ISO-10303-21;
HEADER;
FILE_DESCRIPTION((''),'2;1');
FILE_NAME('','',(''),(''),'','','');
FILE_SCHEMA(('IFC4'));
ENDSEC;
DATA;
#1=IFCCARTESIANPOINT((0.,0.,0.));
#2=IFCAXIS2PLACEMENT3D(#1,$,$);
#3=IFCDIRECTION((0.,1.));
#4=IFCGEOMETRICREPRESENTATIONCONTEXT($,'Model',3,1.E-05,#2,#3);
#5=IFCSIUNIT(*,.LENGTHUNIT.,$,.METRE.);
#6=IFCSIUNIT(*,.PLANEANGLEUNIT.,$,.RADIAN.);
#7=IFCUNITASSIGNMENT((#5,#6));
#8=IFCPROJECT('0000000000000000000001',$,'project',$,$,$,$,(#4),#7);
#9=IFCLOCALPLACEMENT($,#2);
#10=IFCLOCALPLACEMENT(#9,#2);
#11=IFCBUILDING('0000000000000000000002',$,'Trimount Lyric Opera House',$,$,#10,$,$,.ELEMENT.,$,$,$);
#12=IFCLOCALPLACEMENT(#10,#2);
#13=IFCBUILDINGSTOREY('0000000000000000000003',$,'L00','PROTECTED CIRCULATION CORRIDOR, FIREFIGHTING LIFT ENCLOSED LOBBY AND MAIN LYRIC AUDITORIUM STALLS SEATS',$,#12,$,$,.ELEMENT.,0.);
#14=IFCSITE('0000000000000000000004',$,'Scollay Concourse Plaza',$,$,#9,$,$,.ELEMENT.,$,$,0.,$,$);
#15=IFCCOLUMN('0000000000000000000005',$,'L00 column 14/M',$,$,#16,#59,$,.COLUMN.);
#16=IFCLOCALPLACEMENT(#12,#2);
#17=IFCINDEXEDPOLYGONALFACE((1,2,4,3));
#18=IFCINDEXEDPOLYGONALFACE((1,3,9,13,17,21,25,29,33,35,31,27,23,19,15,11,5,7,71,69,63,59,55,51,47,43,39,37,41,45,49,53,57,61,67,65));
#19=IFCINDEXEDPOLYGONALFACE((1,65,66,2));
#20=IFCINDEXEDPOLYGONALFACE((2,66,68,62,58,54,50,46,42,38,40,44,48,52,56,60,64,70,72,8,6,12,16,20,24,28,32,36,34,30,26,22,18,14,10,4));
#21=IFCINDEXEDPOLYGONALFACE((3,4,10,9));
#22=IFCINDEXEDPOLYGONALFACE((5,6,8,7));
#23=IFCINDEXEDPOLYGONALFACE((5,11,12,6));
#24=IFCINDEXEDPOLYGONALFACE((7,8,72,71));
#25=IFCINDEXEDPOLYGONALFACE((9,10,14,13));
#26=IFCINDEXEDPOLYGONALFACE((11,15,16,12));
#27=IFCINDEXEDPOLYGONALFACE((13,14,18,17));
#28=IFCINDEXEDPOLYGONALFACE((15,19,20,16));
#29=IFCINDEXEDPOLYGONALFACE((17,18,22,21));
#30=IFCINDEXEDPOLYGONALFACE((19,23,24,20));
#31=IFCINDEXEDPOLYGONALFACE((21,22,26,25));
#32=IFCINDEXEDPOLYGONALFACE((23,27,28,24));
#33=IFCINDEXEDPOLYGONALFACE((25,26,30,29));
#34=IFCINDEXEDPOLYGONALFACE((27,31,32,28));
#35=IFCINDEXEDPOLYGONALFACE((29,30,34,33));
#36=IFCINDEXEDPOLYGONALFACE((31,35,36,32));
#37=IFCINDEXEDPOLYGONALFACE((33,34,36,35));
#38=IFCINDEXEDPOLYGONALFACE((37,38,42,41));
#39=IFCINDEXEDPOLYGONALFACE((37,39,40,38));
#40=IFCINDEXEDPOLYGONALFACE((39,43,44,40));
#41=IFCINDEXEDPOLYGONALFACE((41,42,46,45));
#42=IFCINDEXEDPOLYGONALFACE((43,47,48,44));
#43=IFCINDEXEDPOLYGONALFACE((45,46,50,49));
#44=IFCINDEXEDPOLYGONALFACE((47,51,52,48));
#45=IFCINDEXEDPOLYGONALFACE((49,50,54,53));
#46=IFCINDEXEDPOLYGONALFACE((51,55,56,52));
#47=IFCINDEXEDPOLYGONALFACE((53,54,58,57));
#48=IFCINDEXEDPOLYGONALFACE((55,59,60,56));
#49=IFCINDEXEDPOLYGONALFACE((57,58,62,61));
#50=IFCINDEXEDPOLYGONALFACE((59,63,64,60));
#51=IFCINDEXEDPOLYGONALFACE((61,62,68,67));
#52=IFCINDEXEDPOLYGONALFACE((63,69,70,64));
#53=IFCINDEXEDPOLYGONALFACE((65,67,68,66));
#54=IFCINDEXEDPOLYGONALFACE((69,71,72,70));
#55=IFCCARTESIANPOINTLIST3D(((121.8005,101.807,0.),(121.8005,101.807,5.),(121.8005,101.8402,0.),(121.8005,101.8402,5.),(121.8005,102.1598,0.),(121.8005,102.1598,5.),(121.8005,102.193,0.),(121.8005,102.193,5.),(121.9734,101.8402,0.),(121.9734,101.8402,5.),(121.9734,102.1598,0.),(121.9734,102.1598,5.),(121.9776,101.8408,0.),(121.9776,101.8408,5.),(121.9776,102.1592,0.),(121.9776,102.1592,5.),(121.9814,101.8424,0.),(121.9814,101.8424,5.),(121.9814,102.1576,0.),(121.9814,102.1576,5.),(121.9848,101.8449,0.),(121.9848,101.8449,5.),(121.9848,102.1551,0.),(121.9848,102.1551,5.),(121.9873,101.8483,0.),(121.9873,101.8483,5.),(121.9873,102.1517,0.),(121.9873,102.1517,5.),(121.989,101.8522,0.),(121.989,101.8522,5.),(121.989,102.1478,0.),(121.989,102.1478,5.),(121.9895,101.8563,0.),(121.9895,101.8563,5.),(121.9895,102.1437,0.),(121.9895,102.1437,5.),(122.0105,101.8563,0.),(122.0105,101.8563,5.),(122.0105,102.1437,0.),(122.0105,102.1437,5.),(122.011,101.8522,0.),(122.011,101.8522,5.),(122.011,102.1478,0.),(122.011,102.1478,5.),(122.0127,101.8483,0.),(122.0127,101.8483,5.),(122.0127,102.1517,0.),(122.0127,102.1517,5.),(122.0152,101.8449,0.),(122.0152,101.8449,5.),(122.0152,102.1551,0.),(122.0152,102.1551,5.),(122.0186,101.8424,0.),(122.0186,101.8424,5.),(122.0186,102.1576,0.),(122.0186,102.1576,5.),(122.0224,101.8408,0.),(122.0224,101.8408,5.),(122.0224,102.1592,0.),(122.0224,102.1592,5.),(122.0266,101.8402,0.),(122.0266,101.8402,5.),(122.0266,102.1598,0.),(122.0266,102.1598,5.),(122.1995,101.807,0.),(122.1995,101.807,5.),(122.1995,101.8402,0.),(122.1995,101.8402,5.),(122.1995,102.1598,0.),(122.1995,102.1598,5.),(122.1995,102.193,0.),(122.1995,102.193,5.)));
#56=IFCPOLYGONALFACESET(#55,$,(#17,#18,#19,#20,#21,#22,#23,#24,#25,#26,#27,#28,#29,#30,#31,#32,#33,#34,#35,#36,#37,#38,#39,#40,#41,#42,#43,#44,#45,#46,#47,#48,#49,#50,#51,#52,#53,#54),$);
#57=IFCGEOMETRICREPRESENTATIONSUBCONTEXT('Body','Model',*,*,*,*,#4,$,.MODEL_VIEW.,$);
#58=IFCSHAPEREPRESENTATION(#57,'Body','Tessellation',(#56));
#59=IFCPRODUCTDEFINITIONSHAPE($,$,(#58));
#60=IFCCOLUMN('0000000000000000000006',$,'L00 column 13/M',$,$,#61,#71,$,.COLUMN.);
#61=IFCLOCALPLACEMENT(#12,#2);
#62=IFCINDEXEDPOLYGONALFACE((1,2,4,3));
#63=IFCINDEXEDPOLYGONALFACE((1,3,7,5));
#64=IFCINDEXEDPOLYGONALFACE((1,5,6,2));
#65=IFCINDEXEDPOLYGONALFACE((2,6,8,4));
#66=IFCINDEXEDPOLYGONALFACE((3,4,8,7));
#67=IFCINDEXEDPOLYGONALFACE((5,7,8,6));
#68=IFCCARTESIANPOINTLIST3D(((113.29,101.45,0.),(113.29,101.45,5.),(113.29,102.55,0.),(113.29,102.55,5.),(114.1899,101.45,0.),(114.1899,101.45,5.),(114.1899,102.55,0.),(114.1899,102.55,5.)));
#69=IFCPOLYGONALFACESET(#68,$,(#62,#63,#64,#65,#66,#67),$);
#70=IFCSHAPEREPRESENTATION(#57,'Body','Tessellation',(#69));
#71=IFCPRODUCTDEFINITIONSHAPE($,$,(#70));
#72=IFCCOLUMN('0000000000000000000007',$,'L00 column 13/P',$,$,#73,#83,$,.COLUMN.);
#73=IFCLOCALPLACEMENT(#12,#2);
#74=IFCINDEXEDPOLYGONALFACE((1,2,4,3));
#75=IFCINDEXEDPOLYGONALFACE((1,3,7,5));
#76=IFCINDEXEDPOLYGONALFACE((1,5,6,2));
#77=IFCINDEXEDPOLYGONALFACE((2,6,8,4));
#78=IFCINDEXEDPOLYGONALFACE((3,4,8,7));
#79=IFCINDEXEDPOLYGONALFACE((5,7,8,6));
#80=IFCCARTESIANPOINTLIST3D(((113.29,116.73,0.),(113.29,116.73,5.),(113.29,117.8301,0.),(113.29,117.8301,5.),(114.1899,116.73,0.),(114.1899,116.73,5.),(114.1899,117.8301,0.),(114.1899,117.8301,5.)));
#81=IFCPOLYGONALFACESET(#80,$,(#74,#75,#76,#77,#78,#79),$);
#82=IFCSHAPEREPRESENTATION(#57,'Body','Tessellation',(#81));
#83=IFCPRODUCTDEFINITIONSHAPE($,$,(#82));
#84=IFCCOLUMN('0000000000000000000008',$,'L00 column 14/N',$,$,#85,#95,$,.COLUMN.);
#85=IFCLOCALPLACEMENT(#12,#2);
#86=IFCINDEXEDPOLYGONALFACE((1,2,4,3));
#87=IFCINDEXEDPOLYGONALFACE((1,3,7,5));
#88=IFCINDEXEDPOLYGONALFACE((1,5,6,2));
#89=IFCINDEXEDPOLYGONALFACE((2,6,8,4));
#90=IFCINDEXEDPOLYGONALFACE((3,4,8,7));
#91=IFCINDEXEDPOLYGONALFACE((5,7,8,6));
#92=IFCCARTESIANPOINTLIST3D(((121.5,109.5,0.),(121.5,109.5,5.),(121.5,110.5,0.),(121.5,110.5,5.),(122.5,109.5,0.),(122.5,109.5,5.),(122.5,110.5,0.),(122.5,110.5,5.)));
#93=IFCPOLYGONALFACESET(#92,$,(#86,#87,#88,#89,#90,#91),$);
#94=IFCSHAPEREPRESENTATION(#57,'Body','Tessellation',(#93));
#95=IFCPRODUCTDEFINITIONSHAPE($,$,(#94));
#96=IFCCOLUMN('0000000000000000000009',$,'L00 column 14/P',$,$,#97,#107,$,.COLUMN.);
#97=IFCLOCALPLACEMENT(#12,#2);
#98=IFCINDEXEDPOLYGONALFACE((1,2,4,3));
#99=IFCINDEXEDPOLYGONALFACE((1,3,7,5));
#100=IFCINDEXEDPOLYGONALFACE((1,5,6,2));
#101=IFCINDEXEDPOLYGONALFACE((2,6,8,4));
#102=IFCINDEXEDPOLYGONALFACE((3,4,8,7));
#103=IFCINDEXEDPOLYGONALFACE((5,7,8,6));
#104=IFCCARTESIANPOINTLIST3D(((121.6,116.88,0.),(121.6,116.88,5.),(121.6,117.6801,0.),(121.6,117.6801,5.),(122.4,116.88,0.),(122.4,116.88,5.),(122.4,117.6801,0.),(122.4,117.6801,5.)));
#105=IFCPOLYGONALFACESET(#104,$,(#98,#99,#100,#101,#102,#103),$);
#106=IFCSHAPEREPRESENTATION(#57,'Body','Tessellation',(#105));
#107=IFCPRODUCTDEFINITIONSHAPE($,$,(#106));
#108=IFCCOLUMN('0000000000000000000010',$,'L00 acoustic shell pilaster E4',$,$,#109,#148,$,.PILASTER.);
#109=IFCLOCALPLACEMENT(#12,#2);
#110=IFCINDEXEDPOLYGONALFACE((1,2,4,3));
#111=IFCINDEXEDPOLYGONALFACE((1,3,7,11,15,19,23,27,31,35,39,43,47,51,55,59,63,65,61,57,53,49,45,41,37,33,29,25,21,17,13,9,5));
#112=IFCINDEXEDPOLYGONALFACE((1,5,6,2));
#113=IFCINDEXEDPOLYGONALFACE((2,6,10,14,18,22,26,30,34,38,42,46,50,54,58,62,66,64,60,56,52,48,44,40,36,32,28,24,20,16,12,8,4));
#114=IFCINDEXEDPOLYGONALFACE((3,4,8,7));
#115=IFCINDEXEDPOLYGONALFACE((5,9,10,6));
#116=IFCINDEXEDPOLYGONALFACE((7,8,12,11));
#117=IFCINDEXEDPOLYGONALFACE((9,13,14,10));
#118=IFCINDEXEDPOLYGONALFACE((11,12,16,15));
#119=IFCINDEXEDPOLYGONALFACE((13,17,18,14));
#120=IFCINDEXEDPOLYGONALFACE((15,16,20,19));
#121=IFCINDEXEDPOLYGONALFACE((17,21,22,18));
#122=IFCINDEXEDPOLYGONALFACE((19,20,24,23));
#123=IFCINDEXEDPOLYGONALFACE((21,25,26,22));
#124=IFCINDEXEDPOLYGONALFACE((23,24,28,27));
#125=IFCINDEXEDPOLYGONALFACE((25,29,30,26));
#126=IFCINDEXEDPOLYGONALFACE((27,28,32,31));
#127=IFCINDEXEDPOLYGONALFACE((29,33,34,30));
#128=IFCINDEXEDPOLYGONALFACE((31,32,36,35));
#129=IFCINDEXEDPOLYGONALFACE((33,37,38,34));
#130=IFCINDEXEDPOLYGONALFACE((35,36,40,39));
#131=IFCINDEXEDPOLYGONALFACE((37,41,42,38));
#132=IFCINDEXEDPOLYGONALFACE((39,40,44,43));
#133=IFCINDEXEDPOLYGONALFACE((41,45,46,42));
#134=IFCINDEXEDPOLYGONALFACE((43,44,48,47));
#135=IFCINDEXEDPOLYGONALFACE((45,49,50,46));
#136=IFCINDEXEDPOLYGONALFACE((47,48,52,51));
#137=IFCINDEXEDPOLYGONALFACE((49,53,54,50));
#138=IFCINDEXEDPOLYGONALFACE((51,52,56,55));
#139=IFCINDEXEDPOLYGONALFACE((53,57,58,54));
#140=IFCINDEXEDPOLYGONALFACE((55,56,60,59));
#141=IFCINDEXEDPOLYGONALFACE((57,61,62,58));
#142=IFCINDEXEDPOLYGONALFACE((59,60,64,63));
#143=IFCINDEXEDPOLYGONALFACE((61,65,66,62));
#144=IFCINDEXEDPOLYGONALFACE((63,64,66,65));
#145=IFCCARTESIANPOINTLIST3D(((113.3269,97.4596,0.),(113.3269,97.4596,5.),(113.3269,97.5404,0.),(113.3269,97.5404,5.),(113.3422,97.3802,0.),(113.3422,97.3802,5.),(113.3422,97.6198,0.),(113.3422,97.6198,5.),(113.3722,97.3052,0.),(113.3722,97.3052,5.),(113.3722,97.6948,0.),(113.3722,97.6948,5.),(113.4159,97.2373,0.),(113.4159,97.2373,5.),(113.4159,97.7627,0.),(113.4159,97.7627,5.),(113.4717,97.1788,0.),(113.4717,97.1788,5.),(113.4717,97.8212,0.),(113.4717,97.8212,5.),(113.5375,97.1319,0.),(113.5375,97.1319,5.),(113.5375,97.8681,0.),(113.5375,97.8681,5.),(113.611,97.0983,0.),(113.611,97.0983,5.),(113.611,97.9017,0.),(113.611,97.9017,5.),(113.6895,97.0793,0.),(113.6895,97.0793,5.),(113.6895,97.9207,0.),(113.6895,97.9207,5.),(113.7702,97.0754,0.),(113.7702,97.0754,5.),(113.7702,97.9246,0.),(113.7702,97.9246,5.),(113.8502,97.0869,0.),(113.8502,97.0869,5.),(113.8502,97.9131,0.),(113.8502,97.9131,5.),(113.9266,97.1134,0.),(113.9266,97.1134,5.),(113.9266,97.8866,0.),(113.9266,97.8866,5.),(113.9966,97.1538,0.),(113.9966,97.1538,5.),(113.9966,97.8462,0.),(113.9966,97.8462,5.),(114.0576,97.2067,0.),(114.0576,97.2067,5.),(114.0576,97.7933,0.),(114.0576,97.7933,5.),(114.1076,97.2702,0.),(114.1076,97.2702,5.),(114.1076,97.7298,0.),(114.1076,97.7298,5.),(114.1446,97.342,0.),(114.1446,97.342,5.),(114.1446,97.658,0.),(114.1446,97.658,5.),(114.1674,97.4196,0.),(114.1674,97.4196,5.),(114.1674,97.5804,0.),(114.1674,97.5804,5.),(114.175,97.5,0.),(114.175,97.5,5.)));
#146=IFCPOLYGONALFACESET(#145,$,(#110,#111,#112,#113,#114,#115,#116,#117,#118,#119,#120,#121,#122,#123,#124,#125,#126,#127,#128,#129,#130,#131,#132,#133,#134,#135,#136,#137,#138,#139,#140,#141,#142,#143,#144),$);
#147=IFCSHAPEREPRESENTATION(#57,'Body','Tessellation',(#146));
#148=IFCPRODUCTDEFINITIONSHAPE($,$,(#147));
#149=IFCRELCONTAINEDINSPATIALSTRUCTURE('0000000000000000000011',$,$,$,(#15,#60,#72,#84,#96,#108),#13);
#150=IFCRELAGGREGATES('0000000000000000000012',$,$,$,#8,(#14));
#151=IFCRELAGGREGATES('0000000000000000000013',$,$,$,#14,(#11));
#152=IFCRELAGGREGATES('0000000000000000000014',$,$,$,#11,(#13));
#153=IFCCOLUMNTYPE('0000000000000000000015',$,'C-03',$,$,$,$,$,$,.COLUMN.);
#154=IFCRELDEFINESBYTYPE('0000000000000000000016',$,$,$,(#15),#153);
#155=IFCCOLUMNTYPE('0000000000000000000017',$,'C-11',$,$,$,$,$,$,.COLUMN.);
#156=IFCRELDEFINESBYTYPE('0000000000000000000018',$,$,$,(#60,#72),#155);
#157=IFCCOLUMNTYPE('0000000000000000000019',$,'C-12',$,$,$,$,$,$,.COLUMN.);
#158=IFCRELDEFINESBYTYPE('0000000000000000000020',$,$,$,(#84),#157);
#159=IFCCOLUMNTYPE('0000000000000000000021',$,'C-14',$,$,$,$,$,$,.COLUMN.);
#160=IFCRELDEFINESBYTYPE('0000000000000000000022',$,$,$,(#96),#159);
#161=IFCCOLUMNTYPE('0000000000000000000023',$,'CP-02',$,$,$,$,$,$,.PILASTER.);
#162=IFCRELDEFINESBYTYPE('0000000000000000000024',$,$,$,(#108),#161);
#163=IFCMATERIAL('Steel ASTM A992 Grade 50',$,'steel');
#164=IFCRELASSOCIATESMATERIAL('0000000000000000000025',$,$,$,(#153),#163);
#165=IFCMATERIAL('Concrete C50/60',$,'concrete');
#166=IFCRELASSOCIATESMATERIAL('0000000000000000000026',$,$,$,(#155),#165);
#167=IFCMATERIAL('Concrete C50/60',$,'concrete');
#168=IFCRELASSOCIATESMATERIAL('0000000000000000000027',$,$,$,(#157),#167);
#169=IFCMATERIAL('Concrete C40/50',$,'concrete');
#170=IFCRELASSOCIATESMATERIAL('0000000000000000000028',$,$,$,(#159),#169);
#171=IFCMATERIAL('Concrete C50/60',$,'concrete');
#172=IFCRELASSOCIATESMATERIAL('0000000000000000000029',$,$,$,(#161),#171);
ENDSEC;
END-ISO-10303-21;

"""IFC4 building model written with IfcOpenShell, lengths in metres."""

from ifc_helpers import new_model, si_unit, direction, frame, origin, origin_2d, place, context, subcontext, project, spatial, rectangle, circle, i_section, extrude, material, material_profile, profile_set, type_object, element, save


model = new_model("IFC4")

# Units and contexts
model_context = context("Model", 3, precision=1e-05, world=origin(), true_north=direction((0.0, 1.0)))
body_context = subcontext(model_context, "Body", "Model", "MODEL_VIEW")
ifc_project = project(units=[si_unit("LENGTHUNIT", "METRE"), si_unit("PLANEANGLEUNIT", "RADIAN")], contexts=[model_context])

# Site, building, storey
site_placement = place(None, origin())
site = spatial("IfcSite", under=ifc_project, at=site_placement, Name="Scollay Concourse Plaza", CompositionType="ELEMENT", RefElevation=0.0)
building_placement = place(site_placement, origin())
building = spatial("IfcBuilding", under=site, at=building_placement, Name="Trimount Lyric Opera House", CompositionType="ELEMENT")
storey_placement = place(building_placement, origin())
storey = spatial("IfcBuildingStorey", under=building, at=storey_placement, Name="L00", Description="PROTECTED CIRCULATION CORRIDOR, FIREFIGHTING LIFT ENCLOSED LOBBY AND MAIN LYRIC AUDITORIUM STALLS SEATS", CompositionType="ELEMENT", Elevation=0.0)

# Columns
ifc_material_1 = material(Name="Steel ASTM A992 Grade 50", Category="steel")
ifc_material_profile_1 = material_profile(ifc_material_1, i_section(OverallWidth=0.3989, OverallDepth=0.386, WebThickness=0.021, FlangeThickness=0.0332, FilletRadius=0.0161, at=origin_2d()), Name="W14X176")
ifc_profile_set_1 = profile_set([ifc_material_profile_1], Name="Steel ASTM A992 Grade 50")
column_type_1 = type_object("IfcColumnType", Name="C-03", PredefinedType="COLUMN", material=ifc_profile_set_1)
column_1_placement = place(storey_placement, frame((122.0, 102.0, 0.0), z_axis=(0.0, 0.0, 1.0), x_axis=(1.0, 0.0, 0.0)))
element("IfcColumn", 1, at=column_1_placement, inside=storey, type_object=column_type_1, Name="L00 column 14/M", PredefinedType="COLUMN", context=body_context, shape_type="SweptSolid", body=[
    extrude(i_section(OverallWidth=0.3989, OverallDepth=0.386, WebThickness=0.021, FlangeThickness=0.0332, FilletRadius=0.0161, at=origin_2d()), origin(), (0.0, 0.0, 1.0), 5.0),
])
ifc_material_2 = material(Name="Concrete C50/60", Category="concrete")
ifc_material_profile_2 = material_profile(ifc_material_2, rectangle(XDim=0.8999, YDim=1.1001, at=origin_2d()), Name="RC1100X900")
ifc_profile_set_2 = profile_set([ifc_material_profile_2], Name="Concrete C50/60")
column_type_2 = type_object("IfcColumnType", Name="C-11", PredefinedType="COLUMN", material=ifc_profile_set_2)
for number, where, z_axis, x_axis, name in (
    (2, (113.74, 102.0, 0.0), (0.0, 0.0, 1.0), (1.0, 0.0, 0.0), "L00 column 13/M"),
    (3, (113.74, 117.28, 0.0), (0.0, 0.0, 1.0), (1.0, 0.0, 0.0), "L00 column 13/P"),
):
    element("IfcColumn", number, at=place(storey_placement, frame(where, z_axis=z_axis, x_axis=x_axis)), inside=storey, type_object=column_type_2, Name=name, PredefinedType="COLUMN", context=body_context, shape_type="SweptSolid", body=[
        extrude(rectangle(XDim=0.8999, YDim=1.1001, at=origin_2d()), origin(), (0.0, 0.0, 1.0), 5.0),
    ])
ifc_material_3 = material(Name="Concrete C50/60", Category="concrete")
ifc_material_profile_3 = material_profile(ifc_material_3, rectangle(XDim=1.0, YDim=1.0, at=origin_2d()), Name="RC1000X1000")
ifc_profile_set_3 = profile_set([ifc_material_profile_3], Name="Concrete C50/60")
column_type_3 = type_object("IfcColumnType", Name="C-12", PredefinedType="COLUMN", material=ifc_profile_set_3)
column_2_placement = place(storey_placement, frame((122.0, 110.0, 0.0), z_axis=(0.0, 0.0, 1.0), x_axis=(1.0, 0.0, 0.0)))
element("IfcColumn", 4, at=column_2_placement, inside=storey, type_object=column_type_3, Name="L00 column 14/N", PredefinedType="COLUMN", context=body_context, shape_type="SweptSolid", body=[
    extrude(rectangle(XDim=1.0, YDim=1.0, at=origin_2d()), origin(), (0.0, 0.0, 1.0), 5.0),
])
ifc_material_4 = material(Name="Concrete C40/50", Category="concrete")
ifc_material_profile_4 = material_profile(ifc_material_4, rectangle(XDim=0.8, YDim=0.8, at=origin_2d()), Name="RC800X800")
ifc_profile_set_4 = profile_set([ifc_material_profile_4], Name="Concrete C40/50")
column_type_4 = type_object("IfcColumnType", Name="C-14", PredefinedType="COLUMN", material=ifc_profile_set_4)
column_3_placement = place(storey_placement, frame((122.0, 117.28, 0.0), z_axis=(0.0, 0.0, 1.0), x_axis=(1.0, 0.0, 0.0)))
element("IfcColumn", 5, at=column_3_placement, inside=storey, type_object=column_type_4, Name="L00 column 14/P", PredefinedType="COLUMN", context=body_context, shape_type="SweptSolid", body=[
    extrude(rectangle(XDim=0.8, YDim=0.8, at=origin_2d()), origin(), (0.0, 0.0, 1.0), 5.0),
])
ifc_material_5 = material(Name="Concrete C50/60", Category="concrete")
ifc_material_profile_5 = material_profile(ifc_material_5, circle(Radius=0.425, at=origin_2d()), Name="RC-D850")
ifc_profile_set_5 = profile_set([ifc_material_profile_5], Name="Concrete C50/60")
column_type_5 = type_object("IfcColumnType", Name="CP-02", PredefinedType="PILASTER", material=ifc_profile_set_5)
column_4_placement = place(storey_placement, frame((113.75, 97.5, 0.0), z_axis=(0.0, 0.0, 1.0), x_axis=(1.0, 0.0, 0.0)))
element("IfcColumn", 6, at=column_4_placement, inside=storey, type_object=column_type_5, Name="L00 acoustic shell pilaster E4", PredefinedType="PILASTER", context=body_context, shape_type="SweptSolid", body=[
    extrude(circle(Radius=0.425, at=origin_2d()), origin(), (0.0, 0.0, 1.0), 5.0),
])

save(model, "model.ifc")
